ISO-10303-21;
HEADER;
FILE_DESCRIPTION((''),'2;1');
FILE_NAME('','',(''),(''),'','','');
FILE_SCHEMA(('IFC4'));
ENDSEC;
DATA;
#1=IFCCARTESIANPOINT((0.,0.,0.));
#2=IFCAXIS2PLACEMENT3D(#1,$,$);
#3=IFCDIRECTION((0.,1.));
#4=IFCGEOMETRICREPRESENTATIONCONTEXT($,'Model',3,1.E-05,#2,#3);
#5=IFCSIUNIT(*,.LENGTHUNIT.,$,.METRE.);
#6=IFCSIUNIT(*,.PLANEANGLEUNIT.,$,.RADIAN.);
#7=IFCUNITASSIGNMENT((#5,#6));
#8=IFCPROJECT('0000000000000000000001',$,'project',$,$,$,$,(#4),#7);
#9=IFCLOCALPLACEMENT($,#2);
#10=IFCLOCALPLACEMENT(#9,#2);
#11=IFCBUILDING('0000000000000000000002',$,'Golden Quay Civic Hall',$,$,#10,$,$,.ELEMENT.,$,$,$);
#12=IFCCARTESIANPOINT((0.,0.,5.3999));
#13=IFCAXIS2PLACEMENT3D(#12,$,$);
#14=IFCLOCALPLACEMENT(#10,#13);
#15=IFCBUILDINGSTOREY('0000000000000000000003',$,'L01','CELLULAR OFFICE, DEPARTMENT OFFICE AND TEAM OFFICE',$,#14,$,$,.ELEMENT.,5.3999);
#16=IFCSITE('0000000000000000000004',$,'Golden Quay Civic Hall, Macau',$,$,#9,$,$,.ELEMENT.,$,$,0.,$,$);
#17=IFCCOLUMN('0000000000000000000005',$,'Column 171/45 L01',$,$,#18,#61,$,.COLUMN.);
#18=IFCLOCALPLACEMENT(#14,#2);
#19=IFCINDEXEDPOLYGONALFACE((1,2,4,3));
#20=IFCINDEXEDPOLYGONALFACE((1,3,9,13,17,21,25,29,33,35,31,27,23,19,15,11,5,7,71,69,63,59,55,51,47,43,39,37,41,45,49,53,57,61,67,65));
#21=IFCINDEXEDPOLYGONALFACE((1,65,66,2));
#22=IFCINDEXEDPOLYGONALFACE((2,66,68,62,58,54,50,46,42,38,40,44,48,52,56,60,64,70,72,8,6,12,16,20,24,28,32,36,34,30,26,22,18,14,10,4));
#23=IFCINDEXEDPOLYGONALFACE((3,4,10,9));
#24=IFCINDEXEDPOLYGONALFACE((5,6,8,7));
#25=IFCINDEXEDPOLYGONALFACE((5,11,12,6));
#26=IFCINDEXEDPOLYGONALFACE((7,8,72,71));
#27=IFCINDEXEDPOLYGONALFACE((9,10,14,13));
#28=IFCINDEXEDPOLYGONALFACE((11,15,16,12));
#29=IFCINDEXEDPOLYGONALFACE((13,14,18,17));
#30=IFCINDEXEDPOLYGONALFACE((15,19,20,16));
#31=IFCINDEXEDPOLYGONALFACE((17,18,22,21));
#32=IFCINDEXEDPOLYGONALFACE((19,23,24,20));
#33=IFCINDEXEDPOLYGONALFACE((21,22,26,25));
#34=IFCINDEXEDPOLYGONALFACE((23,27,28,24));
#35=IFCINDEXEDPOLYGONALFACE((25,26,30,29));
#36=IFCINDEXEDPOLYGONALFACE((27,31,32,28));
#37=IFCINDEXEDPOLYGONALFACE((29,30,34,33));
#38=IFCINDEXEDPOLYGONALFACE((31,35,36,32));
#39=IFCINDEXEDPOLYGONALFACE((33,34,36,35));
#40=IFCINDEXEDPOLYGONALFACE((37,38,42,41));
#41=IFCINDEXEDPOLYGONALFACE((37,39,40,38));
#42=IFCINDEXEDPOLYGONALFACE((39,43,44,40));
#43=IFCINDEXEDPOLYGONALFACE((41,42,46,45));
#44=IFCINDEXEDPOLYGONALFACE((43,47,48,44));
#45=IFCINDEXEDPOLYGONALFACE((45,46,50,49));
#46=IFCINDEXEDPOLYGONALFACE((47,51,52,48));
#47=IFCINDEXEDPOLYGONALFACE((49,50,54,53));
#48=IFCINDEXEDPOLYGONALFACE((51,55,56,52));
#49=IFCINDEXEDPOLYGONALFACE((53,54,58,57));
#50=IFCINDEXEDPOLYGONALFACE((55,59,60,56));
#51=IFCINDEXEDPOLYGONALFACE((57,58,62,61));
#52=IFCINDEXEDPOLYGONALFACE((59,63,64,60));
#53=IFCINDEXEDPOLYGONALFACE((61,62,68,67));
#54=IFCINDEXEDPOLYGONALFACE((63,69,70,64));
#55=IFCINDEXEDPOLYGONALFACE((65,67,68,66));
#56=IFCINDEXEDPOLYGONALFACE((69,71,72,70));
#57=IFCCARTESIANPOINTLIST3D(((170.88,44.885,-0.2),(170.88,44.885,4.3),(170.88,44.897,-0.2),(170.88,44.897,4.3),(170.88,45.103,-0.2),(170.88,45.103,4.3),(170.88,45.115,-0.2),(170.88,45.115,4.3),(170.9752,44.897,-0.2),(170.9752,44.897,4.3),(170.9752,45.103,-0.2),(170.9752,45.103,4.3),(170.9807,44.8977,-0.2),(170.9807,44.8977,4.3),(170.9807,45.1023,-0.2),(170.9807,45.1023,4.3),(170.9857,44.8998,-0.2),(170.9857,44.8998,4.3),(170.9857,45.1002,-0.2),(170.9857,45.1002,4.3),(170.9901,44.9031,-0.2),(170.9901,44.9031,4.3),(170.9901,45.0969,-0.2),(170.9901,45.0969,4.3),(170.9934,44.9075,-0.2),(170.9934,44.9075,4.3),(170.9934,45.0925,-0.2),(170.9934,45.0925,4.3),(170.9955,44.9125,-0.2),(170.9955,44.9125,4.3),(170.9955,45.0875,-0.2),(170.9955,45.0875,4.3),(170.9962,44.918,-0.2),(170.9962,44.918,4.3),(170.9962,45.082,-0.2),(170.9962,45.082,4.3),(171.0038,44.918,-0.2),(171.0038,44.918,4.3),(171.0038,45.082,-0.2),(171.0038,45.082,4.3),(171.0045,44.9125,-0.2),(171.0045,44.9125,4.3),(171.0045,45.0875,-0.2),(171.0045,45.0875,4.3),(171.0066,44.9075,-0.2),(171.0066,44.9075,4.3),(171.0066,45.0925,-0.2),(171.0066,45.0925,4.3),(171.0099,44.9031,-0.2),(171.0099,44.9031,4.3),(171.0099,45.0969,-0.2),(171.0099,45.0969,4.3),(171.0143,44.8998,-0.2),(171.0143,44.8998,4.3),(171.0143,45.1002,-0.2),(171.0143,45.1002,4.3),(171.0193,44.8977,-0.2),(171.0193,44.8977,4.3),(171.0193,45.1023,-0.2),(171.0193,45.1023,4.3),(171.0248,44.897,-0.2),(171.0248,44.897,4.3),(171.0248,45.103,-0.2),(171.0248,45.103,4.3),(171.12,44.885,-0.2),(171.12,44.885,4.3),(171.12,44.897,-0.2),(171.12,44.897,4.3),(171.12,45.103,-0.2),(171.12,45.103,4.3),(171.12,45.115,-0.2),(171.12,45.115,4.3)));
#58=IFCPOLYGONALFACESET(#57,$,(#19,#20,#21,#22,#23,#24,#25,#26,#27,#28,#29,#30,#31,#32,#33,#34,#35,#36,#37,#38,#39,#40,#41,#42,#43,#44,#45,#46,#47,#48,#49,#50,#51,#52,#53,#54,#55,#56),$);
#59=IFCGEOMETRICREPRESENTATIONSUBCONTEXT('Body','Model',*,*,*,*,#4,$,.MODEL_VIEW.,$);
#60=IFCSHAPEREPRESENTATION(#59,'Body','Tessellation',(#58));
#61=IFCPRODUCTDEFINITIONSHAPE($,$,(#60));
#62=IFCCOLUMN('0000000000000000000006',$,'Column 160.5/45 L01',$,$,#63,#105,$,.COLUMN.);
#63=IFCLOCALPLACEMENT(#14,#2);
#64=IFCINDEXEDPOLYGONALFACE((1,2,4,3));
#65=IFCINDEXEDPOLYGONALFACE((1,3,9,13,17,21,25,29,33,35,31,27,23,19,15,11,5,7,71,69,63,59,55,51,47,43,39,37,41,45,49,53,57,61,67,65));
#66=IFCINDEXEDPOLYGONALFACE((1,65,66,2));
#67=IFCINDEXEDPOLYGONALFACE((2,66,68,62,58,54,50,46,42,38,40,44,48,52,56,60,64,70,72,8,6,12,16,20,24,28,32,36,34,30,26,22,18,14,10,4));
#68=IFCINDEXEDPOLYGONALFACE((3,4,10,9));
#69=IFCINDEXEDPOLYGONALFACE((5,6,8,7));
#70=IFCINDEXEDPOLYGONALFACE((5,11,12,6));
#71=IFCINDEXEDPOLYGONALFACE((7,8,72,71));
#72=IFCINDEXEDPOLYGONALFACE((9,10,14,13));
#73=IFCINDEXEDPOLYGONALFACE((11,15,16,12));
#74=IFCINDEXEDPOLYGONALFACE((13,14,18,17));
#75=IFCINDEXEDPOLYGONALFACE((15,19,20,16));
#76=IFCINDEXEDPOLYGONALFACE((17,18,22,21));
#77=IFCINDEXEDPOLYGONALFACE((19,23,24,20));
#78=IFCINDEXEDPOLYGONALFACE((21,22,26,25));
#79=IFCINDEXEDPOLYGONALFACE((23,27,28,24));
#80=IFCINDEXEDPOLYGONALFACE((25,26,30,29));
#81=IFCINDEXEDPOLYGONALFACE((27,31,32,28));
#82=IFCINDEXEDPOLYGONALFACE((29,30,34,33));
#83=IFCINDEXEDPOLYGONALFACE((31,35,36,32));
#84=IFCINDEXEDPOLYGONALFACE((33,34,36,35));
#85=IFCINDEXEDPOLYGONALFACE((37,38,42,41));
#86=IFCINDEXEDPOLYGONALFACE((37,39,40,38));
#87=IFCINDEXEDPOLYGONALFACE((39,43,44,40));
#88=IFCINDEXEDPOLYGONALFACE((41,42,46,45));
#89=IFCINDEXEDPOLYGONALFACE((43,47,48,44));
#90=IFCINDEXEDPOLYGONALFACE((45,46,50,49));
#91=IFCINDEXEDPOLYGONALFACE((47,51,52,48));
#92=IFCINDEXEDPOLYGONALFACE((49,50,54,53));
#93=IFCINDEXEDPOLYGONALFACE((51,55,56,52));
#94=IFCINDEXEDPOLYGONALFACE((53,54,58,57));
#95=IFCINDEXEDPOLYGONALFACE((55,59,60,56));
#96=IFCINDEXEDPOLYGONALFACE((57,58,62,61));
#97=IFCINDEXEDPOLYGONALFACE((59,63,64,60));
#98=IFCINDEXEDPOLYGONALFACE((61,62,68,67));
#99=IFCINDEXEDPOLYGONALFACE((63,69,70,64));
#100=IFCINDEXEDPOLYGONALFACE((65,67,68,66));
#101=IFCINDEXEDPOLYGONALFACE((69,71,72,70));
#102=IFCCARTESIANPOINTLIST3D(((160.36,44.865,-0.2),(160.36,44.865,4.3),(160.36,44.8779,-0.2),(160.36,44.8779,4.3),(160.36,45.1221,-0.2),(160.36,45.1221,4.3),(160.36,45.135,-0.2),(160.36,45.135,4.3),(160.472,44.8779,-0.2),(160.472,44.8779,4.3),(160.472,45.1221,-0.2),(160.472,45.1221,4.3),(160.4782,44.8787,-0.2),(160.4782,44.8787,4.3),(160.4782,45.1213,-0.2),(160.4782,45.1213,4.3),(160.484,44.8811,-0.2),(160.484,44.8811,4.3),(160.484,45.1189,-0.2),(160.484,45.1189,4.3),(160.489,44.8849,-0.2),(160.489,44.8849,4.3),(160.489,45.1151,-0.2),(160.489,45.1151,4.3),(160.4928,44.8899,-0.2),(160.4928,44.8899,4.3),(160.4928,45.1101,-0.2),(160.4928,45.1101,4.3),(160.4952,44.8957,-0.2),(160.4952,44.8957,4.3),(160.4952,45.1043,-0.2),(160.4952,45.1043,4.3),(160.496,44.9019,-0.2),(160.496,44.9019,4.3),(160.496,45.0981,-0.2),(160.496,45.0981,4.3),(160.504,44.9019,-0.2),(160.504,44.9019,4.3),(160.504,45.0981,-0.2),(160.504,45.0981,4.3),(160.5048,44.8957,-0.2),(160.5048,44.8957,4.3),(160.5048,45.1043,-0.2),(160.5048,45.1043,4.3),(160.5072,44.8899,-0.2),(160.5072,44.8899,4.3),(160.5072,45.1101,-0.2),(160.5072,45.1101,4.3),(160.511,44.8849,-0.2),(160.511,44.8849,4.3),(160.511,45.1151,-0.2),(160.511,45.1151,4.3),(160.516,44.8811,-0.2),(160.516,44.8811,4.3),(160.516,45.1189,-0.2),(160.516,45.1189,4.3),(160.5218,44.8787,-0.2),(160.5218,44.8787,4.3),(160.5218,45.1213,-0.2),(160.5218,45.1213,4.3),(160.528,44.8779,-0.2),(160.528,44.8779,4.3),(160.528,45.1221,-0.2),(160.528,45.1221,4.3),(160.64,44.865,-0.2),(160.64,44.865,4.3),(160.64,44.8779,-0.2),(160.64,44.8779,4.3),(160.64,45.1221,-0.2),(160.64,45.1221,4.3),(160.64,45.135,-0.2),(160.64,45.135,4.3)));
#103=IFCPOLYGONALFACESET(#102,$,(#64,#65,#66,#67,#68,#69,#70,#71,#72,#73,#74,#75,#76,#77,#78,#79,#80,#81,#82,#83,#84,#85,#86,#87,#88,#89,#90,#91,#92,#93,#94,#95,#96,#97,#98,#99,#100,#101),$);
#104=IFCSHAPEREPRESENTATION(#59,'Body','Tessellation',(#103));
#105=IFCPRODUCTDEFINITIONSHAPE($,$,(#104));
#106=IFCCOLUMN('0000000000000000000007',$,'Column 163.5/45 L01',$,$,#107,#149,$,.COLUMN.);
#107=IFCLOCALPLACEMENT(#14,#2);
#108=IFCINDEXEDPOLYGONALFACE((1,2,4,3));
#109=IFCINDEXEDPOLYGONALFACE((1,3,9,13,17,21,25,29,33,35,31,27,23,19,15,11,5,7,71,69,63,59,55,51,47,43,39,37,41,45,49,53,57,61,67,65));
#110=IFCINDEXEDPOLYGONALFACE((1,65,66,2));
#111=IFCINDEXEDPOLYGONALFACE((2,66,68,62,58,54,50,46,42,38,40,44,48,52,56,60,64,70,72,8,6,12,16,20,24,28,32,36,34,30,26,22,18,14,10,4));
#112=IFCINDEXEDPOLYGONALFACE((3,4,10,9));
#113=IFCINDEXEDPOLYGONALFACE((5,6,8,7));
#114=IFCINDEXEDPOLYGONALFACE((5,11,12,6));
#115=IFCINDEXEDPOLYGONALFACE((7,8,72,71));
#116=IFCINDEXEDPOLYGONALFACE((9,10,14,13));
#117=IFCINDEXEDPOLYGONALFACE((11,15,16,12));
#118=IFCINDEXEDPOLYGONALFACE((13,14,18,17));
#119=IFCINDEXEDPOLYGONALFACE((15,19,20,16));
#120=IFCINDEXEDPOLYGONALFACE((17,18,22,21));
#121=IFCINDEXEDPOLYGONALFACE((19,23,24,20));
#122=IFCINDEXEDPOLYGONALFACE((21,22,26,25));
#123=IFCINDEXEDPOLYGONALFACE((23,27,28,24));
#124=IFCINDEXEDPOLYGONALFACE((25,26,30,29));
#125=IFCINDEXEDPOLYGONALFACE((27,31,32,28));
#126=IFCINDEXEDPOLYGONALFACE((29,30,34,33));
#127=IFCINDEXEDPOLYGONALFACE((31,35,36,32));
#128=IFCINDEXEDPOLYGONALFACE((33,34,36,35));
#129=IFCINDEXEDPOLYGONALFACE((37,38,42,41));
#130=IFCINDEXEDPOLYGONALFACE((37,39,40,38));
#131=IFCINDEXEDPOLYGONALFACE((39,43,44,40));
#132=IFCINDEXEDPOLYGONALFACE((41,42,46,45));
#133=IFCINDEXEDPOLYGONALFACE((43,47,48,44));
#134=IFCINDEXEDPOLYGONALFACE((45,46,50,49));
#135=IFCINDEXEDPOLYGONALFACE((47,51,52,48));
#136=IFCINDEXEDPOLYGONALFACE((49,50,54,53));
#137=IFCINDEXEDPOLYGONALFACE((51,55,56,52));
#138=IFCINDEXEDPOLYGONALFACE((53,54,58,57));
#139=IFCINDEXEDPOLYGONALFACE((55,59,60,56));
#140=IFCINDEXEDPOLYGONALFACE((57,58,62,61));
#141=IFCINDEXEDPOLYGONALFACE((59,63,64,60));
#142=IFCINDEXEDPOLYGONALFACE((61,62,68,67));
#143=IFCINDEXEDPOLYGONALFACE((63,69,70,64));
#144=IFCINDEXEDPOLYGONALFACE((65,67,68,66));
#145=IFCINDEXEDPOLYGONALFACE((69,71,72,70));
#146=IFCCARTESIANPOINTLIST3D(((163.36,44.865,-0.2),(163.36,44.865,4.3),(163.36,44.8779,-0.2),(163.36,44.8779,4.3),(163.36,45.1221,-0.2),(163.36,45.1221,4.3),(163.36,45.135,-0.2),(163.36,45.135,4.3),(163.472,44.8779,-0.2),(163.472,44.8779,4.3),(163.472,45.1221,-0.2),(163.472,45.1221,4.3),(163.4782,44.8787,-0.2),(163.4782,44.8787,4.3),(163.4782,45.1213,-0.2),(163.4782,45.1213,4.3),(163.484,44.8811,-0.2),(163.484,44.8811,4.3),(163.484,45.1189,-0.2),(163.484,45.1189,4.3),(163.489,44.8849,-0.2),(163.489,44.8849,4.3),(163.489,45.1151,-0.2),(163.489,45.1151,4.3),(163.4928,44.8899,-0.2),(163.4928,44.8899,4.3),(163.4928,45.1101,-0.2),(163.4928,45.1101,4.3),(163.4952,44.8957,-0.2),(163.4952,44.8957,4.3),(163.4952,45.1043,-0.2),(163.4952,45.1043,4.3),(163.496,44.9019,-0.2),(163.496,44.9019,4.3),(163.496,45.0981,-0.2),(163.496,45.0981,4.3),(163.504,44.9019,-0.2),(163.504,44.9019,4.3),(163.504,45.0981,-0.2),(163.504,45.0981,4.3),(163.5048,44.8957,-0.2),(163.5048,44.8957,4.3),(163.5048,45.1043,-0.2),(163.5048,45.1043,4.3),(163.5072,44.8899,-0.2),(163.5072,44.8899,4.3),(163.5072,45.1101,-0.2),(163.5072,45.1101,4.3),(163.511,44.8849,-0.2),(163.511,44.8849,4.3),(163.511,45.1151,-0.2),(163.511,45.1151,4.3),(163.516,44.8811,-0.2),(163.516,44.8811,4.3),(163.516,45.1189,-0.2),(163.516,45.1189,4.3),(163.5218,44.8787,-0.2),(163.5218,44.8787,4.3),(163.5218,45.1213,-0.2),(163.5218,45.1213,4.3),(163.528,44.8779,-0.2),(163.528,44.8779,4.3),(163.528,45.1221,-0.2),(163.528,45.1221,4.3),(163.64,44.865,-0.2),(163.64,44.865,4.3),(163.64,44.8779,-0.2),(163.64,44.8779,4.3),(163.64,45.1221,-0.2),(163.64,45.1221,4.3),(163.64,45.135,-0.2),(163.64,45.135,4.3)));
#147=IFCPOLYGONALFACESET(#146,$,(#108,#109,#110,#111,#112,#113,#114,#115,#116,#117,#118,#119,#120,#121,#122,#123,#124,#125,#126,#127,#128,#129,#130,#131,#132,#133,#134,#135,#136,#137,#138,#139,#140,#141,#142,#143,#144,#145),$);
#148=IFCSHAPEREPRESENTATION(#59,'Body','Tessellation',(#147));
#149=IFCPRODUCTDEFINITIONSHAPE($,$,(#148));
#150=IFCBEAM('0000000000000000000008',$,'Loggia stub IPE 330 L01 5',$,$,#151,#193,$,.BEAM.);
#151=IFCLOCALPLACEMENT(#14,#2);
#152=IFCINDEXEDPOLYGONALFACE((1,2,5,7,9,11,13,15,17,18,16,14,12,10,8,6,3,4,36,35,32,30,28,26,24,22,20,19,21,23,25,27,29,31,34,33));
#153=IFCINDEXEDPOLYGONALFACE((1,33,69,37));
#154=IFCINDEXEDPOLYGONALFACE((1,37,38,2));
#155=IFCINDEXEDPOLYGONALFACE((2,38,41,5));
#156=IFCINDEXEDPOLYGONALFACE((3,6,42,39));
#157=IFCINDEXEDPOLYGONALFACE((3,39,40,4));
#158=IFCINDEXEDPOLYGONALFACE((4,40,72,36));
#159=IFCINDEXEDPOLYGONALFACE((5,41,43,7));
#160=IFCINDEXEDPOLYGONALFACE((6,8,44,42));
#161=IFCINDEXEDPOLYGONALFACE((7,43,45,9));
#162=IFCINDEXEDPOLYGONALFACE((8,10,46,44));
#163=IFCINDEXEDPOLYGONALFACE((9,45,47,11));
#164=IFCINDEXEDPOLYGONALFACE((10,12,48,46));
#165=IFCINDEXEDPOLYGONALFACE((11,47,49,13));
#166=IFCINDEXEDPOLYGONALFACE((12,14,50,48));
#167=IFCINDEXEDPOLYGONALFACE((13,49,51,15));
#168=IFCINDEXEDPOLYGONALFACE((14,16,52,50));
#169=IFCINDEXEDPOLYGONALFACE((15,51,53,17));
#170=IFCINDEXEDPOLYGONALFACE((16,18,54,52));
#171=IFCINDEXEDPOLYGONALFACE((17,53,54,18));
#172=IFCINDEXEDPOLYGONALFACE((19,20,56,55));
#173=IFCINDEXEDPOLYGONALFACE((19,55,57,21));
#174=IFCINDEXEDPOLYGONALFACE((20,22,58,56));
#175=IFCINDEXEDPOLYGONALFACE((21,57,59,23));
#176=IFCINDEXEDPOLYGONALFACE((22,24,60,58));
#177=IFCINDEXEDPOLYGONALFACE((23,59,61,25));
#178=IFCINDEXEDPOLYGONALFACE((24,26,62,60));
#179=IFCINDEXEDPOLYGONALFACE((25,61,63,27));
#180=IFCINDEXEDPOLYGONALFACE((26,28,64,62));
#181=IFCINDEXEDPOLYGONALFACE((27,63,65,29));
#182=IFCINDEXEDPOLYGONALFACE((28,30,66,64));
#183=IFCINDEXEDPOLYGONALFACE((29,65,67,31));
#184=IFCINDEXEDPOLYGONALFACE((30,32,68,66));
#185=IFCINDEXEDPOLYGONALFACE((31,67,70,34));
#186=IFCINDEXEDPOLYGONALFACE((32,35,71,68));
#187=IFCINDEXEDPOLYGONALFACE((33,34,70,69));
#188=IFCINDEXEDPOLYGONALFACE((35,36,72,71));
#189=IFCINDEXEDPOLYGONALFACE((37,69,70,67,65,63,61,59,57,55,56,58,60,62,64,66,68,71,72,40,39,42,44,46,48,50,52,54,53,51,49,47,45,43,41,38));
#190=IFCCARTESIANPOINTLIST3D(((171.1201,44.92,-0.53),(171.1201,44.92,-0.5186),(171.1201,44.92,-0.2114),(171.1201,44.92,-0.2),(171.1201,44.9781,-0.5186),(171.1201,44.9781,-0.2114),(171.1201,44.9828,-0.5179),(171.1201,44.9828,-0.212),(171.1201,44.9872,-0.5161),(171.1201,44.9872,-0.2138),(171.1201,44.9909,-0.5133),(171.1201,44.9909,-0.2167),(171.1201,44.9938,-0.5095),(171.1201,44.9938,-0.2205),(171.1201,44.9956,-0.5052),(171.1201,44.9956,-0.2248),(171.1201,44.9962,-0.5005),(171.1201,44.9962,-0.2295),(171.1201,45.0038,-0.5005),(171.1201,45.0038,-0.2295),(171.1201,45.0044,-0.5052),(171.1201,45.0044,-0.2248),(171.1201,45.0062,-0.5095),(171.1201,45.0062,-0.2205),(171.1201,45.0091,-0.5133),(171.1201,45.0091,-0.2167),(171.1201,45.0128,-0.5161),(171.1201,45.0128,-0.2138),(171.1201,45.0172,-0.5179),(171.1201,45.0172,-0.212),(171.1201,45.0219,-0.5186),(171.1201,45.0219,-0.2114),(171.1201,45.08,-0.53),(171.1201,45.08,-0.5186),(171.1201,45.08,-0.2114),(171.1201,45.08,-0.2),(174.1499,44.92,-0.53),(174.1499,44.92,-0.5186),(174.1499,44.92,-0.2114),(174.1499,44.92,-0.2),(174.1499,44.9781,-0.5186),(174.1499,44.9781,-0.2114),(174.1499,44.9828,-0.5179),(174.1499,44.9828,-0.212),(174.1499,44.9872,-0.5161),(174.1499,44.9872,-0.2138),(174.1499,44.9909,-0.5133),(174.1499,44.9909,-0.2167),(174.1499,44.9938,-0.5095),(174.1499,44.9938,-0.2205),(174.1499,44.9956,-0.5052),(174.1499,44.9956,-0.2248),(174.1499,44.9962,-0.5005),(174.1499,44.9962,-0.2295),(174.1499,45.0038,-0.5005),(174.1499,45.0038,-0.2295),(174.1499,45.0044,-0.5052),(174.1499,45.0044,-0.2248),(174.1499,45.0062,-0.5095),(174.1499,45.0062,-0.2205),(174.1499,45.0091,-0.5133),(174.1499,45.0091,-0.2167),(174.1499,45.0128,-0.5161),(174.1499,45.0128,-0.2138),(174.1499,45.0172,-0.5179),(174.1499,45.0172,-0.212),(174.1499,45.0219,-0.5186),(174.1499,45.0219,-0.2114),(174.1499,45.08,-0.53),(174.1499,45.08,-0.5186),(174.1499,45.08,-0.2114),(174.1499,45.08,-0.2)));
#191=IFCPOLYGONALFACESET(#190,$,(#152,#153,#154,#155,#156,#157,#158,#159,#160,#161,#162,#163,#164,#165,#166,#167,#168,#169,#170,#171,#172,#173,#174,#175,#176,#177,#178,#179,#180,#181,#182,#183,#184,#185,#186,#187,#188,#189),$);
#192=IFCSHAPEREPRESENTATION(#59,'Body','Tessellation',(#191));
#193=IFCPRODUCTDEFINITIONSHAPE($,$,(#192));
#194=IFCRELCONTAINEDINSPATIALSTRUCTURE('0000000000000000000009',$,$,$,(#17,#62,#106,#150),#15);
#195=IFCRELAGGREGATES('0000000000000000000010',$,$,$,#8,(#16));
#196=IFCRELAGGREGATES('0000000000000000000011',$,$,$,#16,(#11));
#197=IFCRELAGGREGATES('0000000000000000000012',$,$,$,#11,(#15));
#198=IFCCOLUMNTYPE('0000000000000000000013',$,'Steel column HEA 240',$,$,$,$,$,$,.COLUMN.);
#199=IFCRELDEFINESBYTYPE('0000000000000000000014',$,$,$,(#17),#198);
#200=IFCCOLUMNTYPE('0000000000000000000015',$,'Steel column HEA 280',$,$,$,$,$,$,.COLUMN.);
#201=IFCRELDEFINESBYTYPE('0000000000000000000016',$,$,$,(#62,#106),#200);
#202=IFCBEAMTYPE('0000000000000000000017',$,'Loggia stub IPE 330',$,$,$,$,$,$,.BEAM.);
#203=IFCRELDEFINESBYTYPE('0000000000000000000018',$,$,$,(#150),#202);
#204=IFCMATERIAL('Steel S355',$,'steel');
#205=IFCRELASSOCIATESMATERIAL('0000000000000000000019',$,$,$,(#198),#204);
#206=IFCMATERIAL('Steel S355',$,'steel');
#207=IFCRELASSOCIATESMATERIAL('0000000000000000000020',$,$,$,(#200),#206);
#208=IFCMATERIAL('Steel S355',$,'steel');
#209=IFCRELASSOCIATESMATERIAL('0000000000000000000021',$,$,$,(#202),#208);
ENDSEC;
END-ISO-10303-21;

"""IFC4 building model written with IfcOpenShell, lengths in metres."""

from ifc_helpers import new_model, si_unit, direction, frame, origin, origin_2d, place, context, subcontext, project, spatial, i_section, extrude, material, material_profile, profile_set, type_object, element, save


model = new_model("IFC4")

# Units and contexts
model_context = context("Model", 3, precision=1e-05, world=origin(), true_north=direction((0.0, 1.0)))
body_context = subcontext(model_context, "Body", "Model", "MODEL_VIEW")
ifc_project = project(units=[si_unit("LENGTHUNIT", "METRE"), si_unit("PLANEANGLEUNIT", "RADIAN")], contexts=[model_context])

# Site, building, storey
site_placement = place(None, origin())
site = spatial("IfcSite", under=ifc_project, at=site_placement, Name="Golden Quay Civic Hall, Macau", CompositionType="ELEMENT", RefElevation=0.0)
building_placement = place(site_placement, origin())
building = spatial("IfcBuilding", under=site, at=building_placement, Name="Golden Quay Civic Hall", CompositionType="ELEMENT")
storey_placement = place(building_placement, frame((0.0, 0.0, 5.3999)))
storey = spatial("IfcBuildingStorey", under=building, at=storey_placement, Name="L01", Description="CELLULAR OFFICE, DEPARTMENT OFFICE AND TEAM OFFICE", CompositionType="ELEMENT", Elevation=5.3999)

# Columns
ifc_material_1 = material(Name="Steel S355", Category="steel")
ifc_material_profile_1 = material_profile(ifc_material_1, i_section(OverallWidth=0.24, OverallDepth=0.23, WebThickness=0.0076, FlangeThickness=0.012, FilletRadius=0.021, at=origin_2d()), Name="HEA 240")
ifc_profile_set_1 = profile_set([ifc_material_profile_1], Name="Steel S355")
column_type_1 = type_object("IfcColumnType", Name="Steel column HEA 240", PredefinedType="COLUMN", material=ifc_profile_set_1)
column_placement = place(storey_placement, frame((171.0, 45.0, -0.2), z_axis=(0.0, 0.0, 1.0), x_axis=(1.0, 0.0, 0.0)))
element("IfcColumn", 1, at=column_placement, inside=storey, type_object=column_type_1, Name="Column 171/45 L01", PredefinedType="COLUMN", context=body_context, shape_type="SweptSolid", body=[
    extrude(i_section(OverallWidth=0.24, OverallDepth=0.23, WebThickness=0.0076, FlangeThickness=0.012, FilletRadius=0.021, at=origin_2d()), origin(), (0.0, 0.0, 1.0), 4.5),
])
ifc_material_2 = material(Name="Steel S355", Category="steel")
ifc_material_profile_2 = material_profile(ifc_material_2, i_section(OverallWidth=0.28, OverallDepth=0.27, WebThickness=0.0081, FlangeThickness=0.0129, FilletRadius=0.0239, at=origin_2d()), Name="HEA 280")
ifc_profile_set_2 = profile_set([ifc_material_profile_2], Name="Steel S355")
column_type_2 = type_object("IfcColumnType", Name="Steel column HEA 280", PredefinedType="COLUMN", material=ifc_profile_set_2)
for number, where, z_axis, x_axis, name in (
    (2, (160.5, 45.0, -0.2), (0.0, 0.0, 1.0), (1.0, 0.0, 0.0), "Column 160.5/45 L01"),
    (3, (163.5, 45.0, -0.2), (0.0, 0.0, 1.0), (1.0, 0.0, 0.0), "Column 163.5/45 L01"),
):
    element("IfcColumn", number, at=place(storey_placement, frame(where, z_axis=z_axis, x_axis=x_axis)), inside=storey, type_object=column_type_2, Name=name, PredefinedType="COLUMN", context=body_context, shape_type="SweptSolid", body=[
        extrude(i_section(OverallWidth=0.28, OverallDepth=0.27, WebThickness=0.0081, FlangeThickness=0.0129, FilletRadius=0.0239, at=origin_2d()), origin(), (0.0, 0.0, 1.0), 4.5),
    ])

# Beam
ifc_material_3 = material(Name="Steel S355", Category="steel")
ifc_material_profile_3 = material_profile(ifc_material_3, i_section(OverallWidth=0.1599, OverallDepth=0.3301, WebThickness=0.0076, FlangeThickness=0.0115, FilletRadius=0.0181, at=origin_2d()), Name="IPE 330")
ifc_profile_set_3 = profile_set([ifc_material_profile_3], Name="Steel S355")
beam_type_1 = type_object("IfcBeamType", Name="Loggia stub IPE 330", PredefinedType="BEAM", material=ifc_profile_set_3)
beam_1_placement = place(storey_placement, frame((171.1201, 45.0, -0.365), z_axis=(1.0, 0.0, 0.0), x_axis=(0.0, 1.0, 0.0)))
element("IfcBeam", 4, at=beam_1_placement, inside=storey, type_object=beam_type_1, Name="Loggia stub IPE 330 L01 5", PredefinedType="BEAM", context=body_context, shape_type="SweptSolid", body=[
    extrude(i_section(OverallWidth=0.1599, OverallDepth=0.3301, WebThickness=0.0076, FlangeThickness=0.0115, FilletRadius=0.0181, at=origin_2d()), origin(), (0.0, 0.0, 1.0), 3.0298),
])

save(model, "model.ifc")
